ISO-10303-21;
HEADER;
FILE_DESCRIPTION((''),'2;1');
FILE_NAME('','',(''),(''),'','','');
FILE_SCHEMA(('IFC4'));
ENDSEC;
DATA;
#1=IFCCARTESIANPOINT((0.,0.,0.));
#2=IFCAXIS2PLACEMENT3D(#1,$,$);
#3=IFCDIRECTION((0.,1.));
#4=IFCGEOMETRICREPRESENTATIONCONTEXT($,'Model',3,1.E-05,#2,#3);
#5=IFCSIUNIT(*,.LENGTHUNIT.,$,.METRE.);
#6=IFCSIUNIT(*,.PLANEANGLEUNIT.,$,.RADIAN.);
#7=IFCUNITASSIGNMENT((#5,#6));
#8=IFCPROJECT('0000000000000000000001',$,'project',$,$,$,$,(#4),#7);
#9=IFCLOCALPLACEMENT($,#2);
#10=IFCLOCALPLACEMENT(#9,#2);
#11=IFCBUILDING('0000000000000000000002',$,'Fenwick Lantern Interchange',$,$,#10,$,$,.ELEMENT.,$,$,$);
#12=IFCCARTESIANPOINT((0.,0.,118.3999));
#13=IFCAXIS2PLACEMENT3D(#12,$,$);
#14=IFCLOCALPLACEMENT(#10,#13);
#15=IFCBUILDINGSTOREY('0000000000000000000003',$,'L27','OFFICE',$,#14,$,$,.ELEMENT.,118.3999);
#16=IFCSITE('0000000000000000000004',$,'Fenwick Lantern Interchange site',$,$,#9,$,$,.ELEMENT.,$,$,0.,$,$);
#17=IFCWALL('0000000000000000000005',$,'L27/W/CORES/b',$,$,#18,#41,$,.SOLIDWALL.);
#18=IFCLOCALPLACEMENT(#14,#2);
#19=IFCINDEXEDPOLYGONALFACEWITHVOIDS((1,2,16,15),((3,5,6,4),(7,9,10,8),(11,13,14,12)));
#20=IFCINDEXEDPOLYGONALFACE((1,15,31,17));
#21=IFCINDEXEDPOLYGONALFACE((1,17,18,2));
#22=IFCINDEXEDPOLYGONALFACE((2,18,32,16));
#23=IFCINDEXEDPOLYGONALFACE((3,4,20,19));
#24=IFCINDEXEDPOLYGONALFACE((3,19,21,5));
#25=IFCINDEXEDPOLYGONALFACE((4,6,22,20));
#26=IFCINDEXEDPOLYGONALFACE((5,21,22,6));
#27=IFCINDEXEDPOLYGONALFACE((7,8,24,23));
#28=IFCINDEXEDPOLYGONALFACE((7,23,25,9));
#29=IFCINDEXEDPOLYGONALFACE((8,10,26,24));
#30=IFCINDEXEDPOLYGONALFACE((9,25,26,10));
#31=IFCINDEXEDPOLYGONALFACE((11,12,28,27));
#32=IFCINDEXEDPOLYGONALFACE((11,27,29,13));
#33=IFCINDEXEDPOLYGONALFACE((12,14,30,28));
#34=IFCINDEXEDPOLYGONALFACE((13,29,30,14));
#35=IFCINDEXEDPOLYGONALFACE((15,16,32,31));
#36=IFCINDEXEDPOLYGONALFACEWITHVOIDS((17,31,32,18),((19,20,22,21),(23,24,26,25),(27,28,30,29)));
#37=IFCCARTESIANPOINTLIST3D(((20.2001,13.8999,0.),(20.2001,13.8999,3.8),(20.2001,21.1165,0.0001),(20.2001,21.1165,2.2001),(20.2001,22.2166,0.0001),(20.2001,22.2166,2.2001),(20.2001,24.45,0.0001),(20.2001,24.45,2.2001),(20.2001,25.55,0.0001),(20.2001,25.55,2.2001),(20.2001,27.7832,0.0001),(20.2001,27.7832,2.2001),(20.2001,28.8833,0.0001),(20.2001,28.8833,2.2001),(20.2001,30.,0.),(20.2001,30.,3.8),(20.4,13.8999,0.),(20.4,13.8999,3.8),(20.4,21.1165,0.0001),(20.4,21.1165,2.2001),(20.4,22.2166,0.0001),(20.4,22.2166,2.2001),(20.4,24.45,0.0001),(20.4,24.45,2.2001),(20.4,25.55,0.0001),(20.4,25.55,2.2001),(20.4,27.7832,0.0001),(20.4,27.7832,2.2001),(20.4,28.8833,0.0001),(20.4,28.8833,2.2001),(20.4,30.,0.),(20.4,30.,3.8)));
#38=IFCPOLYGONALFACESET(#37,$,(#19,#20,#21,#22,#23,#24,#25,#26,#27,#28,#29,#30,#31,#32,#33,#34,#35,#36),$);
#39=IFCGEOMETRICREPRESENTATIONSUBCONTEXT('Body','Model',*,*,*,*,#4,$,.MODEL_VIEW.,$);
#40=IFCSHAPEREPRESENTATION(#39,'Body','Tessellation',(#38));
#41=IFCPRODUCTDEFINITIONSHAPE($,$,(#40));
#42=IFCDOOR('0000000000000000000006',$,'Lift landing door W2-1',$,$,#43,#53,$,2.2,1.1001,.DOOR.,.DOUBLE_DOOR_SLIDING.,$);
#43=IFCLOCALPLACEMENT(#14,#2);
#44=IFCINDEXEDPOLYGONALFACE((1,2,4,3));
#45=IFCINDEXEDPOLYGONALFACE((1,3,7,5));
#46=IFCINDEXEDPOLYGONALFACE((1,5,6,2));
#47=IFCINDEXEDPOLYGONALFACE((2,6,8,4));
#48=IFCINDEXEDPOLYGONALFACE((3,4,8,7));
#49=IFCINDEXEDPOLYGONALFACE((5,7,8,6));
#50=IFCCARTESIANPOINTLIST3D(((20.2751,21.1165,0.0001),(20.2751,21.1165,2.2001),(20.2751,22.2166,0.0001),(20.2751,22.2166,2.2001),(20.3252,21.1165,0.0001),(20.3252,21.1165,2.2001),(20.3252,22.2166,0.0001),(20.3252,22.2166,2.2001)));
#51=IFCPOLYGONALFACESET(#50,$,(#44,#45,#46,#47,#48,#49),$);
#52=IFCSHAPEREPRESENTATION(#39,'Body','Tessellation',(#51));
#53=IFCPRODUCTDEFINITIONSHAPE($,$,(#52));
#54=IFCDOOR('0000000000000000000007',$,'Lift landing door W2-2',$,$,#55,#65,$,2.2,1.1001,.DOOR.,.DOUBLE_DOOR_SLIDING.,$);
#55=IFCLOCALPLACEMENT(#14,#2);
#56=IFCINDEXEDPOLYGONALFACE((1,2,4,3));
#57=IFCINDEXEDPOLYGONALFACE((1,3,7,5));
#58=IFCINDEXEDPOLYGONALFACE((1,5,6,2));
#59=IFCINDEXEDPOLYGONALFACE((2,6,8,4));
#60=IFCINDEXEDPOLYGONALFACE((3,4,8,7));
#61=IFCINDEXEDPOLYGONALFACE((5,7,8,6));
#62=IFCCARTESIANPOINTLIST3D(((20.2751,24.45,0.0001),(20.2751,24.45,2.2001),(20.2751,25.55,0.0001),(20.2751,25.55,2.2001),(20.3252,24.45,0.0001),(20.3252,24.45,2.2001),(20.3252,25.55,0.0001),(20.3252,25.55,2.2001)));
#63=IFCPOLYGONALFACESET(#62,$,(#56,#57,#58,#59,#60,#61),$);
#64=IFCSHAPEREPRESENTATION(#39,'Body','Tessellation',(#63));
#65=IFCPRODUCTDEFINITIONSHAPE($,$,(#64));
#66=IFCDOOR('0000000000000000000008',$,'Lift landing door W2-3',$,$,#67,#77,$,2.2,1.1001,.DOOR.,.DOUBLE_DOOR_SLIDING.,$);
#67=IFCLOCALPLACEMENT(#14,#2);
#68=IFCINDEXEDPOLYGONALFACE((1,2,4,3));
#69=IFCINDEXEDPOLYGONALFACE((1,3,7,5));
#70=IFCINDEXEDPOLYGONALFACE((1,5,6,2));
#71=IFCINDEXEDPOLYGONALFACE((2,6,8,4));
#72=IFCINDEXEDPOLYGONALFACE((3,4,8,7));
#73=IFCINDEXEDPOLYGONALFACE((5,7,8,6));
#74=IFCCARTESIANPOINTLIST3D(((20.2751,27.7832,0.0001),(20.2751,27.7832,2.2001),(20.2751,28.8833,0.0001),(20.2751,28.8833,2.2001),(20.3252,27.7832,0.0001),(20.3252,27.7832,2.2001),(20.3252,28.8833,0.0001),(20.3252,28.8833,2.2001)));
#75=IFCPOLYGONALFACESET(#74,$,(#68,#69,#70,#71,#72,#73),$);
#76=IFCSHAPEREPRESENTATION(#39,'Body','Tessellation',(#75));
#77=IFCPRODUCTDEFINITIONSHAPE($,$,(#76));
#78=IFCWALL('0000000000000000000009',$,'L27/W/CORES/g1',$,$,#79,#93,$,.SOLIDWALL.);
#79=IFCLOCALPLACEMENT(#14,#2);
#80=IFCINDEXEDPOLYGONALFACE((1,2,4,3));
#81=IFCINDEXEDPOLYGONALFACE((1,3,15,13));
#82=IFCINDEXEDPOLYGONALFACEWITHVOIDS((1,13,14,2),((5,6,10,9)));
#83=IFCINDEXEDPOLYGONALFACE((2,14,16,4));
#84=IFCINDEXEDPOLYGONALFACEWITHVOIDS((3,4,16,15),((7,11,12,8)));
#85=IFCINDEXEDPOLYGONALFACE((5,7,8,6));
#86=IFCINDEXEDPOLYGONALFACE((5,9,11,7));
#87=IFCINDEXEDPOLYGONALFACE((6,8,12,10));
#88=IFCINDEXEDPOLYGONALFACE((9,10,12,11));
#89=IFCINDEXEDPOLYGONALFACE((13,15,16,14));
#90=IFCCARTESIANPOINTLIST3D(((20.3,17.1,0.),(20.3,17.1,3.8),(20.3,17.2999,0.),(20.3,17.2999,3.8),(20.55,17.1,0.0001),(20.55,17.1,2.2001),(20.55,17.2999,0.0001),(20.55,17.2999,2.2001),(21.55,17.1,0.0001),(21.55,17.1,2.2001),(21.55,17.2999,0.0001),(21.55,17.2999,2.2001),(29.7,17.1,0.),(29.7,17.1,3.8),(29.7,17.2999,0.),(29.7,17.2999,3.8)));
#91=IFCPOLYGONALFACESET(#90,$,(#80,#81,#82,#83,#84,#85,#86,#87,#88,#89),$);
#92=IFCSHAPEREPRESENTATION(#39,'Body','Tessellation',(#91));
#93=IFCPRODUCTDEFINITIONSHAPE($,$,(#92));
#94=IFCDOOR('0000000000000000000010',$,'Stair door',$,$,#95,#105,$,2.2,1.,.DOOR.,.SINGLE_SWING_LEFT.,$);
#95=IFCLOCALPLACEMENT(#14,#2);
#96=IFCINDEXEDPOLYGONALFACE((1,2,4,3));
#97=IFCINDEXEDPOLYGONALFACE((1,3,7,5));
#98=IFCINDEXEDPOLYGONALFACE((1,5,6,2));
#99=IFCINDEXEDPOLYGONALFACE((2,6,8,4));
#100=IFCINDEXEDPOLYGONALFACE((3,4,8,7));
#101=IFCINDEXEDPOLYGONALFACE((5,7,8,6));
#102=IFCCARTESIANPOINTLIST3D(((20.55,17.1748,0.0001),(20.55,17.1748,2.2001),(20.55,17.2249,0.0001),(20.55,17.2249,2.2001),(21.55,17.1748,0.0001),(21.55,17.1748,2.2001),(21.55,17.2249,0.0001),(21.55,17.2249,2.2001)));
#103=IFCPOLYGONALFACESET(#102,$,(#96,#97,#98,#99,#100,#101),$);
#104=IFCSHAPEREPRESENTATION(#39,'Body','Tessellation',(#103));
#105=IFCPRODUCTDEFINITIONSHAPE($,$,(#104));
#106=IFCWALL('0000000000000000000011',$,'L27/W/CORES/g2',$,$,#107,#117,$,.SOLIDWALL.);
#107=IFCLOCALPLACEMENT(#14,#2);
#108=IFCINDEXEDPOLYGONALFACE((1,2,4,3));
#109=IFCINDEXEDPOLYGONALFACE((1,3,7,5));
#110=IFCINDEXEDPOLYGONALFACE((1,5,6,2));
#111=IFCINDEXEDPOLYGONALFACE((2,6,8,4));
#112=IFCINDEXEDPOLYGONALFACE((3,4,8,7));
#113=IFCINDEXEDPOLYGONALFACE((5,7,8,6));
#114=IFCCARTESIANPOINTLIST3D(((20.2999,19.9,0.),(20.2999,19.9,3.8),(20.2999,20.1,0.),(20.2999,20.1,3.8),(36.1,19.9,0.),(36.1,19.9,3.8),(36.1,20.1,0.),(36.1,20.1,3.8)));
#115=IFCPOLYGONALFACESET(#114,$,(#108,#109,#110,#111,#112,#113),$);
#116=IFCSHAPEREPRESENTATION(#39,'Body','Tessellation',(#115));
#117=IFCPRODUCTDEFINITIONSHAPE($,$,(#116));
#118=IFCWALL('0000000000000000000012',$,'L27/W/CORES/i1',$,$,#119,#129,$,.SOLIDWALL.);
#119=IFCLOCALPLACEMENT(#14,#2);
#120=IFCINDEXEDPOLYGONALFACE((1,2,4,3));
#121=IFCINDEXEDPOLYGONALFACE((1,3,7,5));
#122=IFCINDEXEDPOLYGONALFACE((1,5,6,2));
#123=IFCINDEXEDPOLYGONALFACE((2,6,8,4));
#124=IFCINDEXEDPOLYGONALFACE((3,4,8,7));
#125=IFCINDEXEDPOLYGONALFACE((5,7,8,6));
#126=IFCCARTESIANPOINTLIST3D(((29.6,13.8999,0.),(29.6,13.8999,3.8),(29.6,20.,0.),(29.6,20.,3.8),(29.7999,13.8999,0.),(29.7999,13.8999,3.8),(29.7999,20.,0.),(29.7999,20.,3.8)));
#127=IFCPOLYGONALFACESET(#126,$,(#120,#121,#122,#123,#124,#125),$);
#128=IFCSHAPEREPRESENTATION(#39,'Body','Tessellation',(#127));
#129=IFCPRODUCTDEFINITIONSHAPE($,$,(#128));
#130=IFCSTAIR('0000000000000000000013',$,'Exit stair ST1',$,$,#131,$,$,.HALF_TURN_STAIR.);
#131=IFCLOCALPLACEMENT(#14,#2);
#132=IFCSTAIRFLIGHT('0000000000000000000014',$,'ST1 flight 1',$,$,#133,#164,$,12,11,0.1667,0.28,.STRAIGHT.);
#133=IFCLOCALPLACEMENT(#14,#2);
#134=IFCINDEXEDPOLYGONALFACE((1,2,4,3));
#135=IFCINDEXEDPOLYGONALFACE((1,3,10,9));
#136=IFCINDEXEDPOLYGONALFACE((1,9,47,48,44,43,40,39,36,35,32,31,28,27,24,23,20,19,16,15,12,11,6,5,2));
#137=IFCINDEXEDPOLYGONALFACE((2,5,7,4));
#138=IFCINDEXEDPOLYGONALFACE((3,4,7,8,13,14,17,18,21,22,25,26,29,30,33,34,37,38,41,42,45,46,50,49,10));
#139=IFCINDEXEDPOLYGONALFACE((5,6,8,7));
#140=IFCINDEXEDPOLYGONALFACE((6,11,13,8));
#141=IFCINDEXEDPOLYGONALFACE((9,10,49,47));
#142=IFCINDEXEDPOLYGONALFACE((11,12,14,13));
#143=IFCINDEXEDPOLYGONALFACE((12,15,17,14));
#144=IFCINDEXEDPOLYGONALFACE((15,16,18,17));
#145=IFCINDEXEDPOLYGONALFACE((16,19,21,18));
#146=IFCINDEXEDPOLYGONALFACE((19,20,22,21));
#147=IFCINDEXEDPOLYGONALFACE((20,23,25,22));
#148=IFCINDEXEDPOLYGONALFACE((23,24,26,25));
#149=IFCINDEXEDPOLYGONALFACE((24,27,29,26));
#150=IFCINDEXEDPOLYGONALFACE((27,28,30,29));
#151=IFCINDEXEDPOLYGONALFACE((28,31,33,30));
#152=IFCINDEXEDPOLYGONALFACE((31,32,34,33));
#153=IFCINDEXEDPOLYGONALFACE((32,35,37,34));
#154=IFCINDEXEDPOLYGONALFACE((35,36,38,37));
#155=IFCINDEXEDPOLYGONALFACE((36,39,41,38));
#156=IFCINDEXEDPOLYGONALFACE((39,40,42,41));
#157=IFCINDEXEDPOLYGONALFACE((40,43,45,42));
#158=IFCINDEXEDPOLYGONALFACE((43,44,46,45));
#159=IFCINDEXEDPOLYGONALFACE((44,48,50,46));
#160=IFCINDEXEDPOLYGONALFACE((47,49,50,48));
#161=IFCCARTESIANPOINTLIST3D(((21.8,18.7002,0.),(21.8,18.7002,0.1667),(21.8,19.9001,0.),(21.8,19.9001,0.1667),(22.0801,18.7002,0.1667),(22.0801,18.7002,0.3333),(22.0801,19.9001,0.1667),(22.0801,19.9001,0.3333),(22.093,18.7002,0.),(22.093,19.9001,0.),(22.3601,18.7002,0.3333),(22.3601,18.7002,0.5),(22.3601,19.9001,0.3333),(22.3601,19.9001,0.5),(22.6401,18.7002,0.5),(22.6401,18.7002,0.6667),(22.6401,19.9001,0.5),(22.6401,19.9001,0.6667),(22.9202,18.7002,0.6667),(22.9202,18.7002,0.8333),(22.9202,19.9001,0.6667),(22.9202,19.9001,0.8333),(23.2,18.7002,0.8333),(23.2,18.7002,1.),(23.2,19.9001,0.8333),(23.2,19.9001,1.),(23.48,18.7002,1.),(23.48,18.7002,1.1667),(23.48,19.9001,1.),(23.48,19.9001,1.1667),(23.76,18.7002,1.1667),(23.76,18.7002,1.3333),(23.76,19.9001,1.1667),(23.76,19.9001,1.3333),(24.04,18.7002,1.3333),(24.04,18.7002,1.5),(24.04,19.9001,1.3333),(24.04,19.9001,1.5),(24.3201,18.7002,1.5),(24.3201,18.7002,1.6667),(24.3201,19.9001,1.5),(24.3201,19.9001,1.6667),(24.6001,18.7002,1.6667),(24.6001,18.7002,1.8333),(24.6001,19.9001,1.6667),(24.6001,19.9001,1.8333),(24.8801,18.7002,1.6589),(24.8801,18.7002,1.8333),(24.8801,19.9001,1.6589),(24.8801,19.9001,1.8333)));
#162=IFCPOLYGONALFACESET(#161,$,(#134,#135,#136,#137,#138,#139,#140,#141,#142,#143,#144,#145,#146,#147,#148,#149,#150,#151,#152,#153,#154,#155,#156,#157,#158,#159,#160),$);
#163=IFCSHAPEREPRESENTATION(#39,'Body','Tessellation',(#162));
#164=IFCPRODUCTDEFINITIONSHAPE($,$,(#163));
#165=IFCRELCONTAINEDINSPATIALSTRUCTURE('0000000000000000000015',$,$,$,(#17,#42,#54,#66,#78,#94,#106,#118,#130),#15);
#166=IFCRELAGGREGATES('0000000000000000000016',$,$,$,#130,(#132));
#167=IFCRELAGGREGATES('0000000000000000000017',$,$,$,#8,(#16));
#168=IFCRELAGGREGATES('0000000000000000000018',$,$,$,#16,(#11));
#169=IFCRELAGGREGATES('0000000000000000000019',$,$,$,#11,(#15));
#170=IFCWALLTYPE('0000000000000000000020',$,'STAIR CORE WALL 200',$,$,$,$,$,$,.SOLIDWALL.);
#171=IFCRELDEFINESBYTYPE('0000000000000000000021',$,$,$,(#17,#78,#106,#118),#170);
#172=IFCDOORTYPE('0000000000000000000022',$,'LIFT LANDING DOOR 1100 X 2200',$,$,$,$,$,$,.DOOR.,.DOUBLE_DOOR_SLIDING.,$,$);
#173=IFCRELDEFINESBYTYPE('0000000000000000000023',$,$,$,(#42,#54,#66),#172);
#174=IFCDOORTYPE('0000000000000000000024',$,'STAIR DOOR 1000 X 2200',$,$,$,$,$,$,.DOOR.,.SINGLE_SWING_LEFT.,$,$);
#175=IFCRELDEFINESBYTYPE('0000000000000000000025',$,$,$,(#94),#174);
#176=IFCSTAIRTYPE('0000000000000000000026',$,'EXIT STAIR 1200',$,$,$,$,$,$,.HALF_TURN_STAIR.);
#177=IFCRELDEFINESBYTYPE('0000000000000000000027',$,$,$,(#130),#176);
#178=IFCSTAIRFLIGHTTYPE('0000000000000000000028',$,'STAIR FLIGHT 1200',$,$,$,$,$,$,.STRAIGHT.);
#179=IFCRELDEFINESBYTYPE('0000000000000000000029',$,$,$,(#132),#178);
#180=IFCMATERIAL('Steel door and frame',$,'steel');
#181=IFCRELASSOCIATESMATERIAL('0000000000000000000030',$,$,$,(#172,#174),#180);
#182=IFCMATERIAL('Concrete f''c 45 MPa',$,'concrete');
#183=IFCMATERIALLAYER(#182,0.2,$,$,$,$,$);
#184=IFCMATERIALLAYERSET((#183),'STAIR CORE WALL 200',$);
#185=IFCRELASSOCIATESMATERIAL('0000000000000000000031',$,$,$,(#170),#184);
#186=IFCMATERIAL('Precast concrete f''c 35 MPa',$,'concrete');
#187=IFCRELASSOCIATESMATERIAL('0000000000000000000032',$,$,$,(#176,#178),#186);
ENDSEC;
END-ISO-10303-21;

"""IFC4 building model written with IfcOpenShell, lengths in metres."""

from ifc_helpers import new_model, si_unit, direction, frame, frame_2d, origin, place, context, subcontext, project, spatial, polyline, rectangle, outline, extrude, material, layer, layer_set, type_object, element, fill, aggregate, save


model = new_model("IFC4")

# Units and contexts
model_context = context("Model", 3, precision=1e-05, world=origin(), true_north=direction((0.0, 1.0)))
body_context = subcontext(model_context, "Body", "Model", "MODEL_VIEW")
ifc_project = project(units=[si_unit("LENGTHUNIT", "METRE"), si_unit("PLANEANGLEUNIT", "RADIAN")], contexts=[model_context])

# Site, building, storey
site_placement = place(None, origin())
site = spatial("IfcSite", under=ifc_project, at=site_placement, Name="Fenwick Lantern Interchange site", CompositionType="ELEMENT", RefElevation=0.0)
building_placement = place(site_placement, origin())
building = spatial("IfcBuilding", under=site, at=building_placement, Name="Fenwick Lantern Interchange", CompositionType="ELEMENT")
storey_placement = place(building_placement, frame((0.0, 0.0, 118.3999)))
storey = spatial("IfcBuildingStorey", under=building, at=storey_placement, Name="L27", Description="OFFICE", CompositionType="ELEMENT", Elevation=118.3999)

# Shared definitions
ifc_material_1 = material(Name="Steel door and frame", Category="steel")
door_type_1 = type_object("IfcDoorType", Name="LIFT LANDING DOOR 1100 X 2200", OperationType="DOUBLE_DOOR_SLIDING", PredefinedType="DOOR", material=ifc_material_1)

# Wall, openings, doors
ifc_material_2 = material(Name="Concrete f'c 45 MPa", Category="concrete")
ifc_layer_1 = layer(ifc_material_2, 0.2)
ifc_layer_set_1 = layer_set([ifc_layer_1], Name="STAIR CORE WALL 200")
wall_type_1 = type_object("IfcWallType", Name="STAIR CORE WALL 200", PredefinedType="SOLIDWALL", material=ifc_layer_set_1)
wall_1_placement = place(storey_placement, frame((20.3, 13.8999, 0.0), z_axis=(0.0, 0.0, 1.0), x_axis=(0.0, 1.0, 0.0)))
wall_1 = element("IfcWall", 1, at=wall_1_placement, inside=storey, type_object=wall_type_1, Name="L27/W/CORES/b", PredefinedType="SOLIDWALL", context=body_context, shape_type="SweptSolid", body=[
    extrude(rectangle(XDim=16.1001, YDim=0.2, at=frame_2d((8.05, 0.0))), origin(), (0.0, 0.0, 1.0), 3.8),
])
opening_1_placement = place(wall_1_placement, frame((7.2166, 0.0, 0.0)))
opening_1 = element("IfcOpeningElement", 2, at=opening_1_placement, cuts=wall_1, PredefinedType="OPENING", context=body_context, shape_type="SweptSolid", body=[
    extrude(rectangle(XDim=1.1001, YDim=2.2, at=frame_2d((0.55, 1.1001))), frame((0.0, 0.1099, 0.0), z_axis=(0.0, -1.0, 0.0), x_axis=(1.0, 0.0, 0.0)), (0.0, 0.0, 1.0), 0.22),
])
opening_2_placement = place(wall_1_placement, frame((10.55, 0.0, 0.0)))
opening_2 = element("IfcOpeningElement", 3, at=opening_2_placement, cuts=wall_1, PredefinedType="OPENING", context=body_context, shape_type="SweptSolid", body=[
    extrude(rectangle(XDim=1.1001, YDim=2.2, at=frame_2d((0.55, 1.1001))), frame((0.0, 0.1099, 0.0), z_axis=(0.0, -1.0, 0.0), x_axis=(1.0, 0.0, 0.0)), (0.0, 0.0, 1.0), 0.22),
])
opening_3_placement = place(wall_1_placement, frame((13.8833, 0.0, 0.0)))
opening_3 = element("IfcOpeningElement", 4, at=opening_3_placement, cuts=wall_1, PredefinedType="OPENING", context=body_context, shape_type="SweptSolid", body=[
    extrude(rectangle(XDim=1.1001, YDim=2.2, at=frame_2d((0.55, 1.1001))), frame((0.0, 0.1099, 0.0), z_axis=(0.0, -1.0, 0.0), x_axis=(1.0, 0.0, 0.0)), (0.0, 0.0, 1.0), 0.22),
])
door_1_placement = place(opening_1_placement, origin())
door_1 = element("IfcDoor", 5, at=door_1_placement, inside=storey, type_object=door_type_1, Name="Lift landing door W2-1", OperationType="DOUBLE_DOOR_SLIDING", OverallHeight=2.2, OverallWidth=1.1001, PredefinedType="DOOR", context=body_context, shape_type="SweptSolid", body=[
    extrude(rectangle(XDim=1.1001, YDim=2.2, at=frame_2d((0.55, 1.1001))), frame((0.0, 0.0249, 0.0), z_axis=(0.0, -1.0, 0.0), x_axis=(1.0, 0.0, 0.0)), (0.0, 0.0, 1.0), 0.05),
])
fill(opening_1, door_1)
door_2_placement = place(opening_2_placement, origin())
door_2 = element("IfcDoor", 6, at=door_2_placement, inside=storey, type_object=door_type_1, Name="Lift landing door W2-2", OperationType="DOUBLE_DOOR_SLIDING", OverallHeight=2.2, OverallWidth=1.1001, PredefinedType="DOOR", context=body_context, shape_type="SweptSolid", body=[
    extrude(rectangle(XDim=1.1001, YDim=2.2, at=frame_2d((0.55, 1.1001))), frame((0.0, 0.0249, 0.0), z_axis=(0.0, -1.0, 0.0), x_axis=(1.0, 0.0, 0.0)), (0.0, 0.0, 1.0), 0.05),
])
fill(opening_2, door_2)
door_3_placement = place(opening_3_placement, origin())
door_3 = element("IfcDoor", 7, at=door_3_placement, inside=storey, type_object=door_type_1, Name="Lift landing door W2-3", OperationType="DOUBLE_DOOR_SLIDING", OverallHeight=2.2, OverallWidth=1.1001, PredefinedType="DOOR", context=body_context, shape_type="SweptSolid", body=[
    extrude(rectangle(XDim=1.1001, YDim=2.2, at=frame_2d((0.55, 1.1001))), frame((0.0, 0.0249, 0.0), z_axis=(0.0, -1.0, 0.0), x_axis=(1.0, 0.0, 0.0)), (0.0, 0.0, 1.0), 0.05),
])
fill(opening_3, door_3)

# Wall, opening, door
wall_2_placement = place(storey_placement, frame((20.3, 17.2, 0.0), z_axis=(0.0, 0.0, 1.0), x_axis=(1.0, 0.0, 0.0)))
wall_2 = element("IfcWall", 8, at=wall_2_placement, inside=storey, type_object=wall_type_1, Name="L27/W/CORES/g1", PredefinedType="SOLIDWALL", context=body_context, shape_type="SweptSolid", body=[
    extrude(rectangle(XDim=9.3999, YDim=0.2, at=frame_2d((4.7, 0.0))), origin(), (0.0, 0.0, 1.0), 3.8),
])
opening_4_placement = place(wall_2_placement, frame((0.25, 0.0, 0.0)))
opening_4 = element("IfcOpeningElement", 9, at=opening_4_placement, cuts=wall_2, PredefinedType="OPENING", context=body_context, shape_type="SweptSolid", body=[
    extrude(rectangle(XDim=1.0, YDim=2.2, at=frame_2d((0.5, 1.1001))), frame((0.0, 0.1099, 0.0), z_axis=(0.0, -1.0, 0.0), x_axis=(1.0, 0.0, 0.0)), (0.0, 0.0, 1.0), 0.22),
])
door_type_2 = type_object("IfcDoorType", Name="STAIR DOOR 1000 X 2200", OperationType="SINGLE_SWING_LEFT", PredefinedType="DOOR", material=ifc_material_1)
door_4_placement = place(opening_4_placement, origin())
door_4 = element("IfcDoor", 10, at=door_4_placement, inside=storey, type_object=door_type_2, Name="Stair door", OperationType="SINGLE_SWING_LEFT", OverallHeight=2.2, OverallWidth=1.0, PredefinedType="DOOR", context=body_context, shape_type="SweptSolid", body=[
    extrude(rectangle(XDim=1.0, YDim=2.2, at=frame_2d((0.5, 1.1001))), frame((0.0, 0.0249, 0.0), z_axis=(0.0, -1.0, 0.0), x_axis=(1.0, 0.0, 0.0)), (0.0, 0.0, 1.0), 0.05),
])
fill(opening_4, door_4)

# Walls
wall_3_placement = place(storey_placement, frame((20.3, 20.0, 0.0), z_axis=(0.0, 0.0, 1.0), x_axis=(1.0, 0.0, 0.0)))
element("IfcWall", 11, at=wall_3_placement, inside=storey, type_object=wall_type_1, Name="L27/W/CORES/g2", PredefinedType="SOLIDWALL", context=body_context, shape_type="SweptSolid", body=[
    extrude(rectangle(XDim=15.8, YDim=0.2, at=frame_2d((7.8999, 0.0))), origin(), (0.0, 0.0, 1.0), 3.8),
])
wall_4_placement = place(storey_placement, frame((29.7, 13.8999, 0.0), z_axis=(0.0, 0.0, 1.0), x_axis=(0.0, 1.0, 0.0)))
element("IfcWall", 12, at=wall_4_placement, inside=storey, type_object=wall_type_1, Name="L27/W/CORES/i1", PredefinedType="SOLIDWALL", context=body_context, shape_type="SweptSolid", body=[
    extrude(rectangle(XDim=6.1001, YDim=0.2, at=frame_2d((3.05, 0.0))), origin(), (0.0, 0.0, 1.0), 3.8),
])

# Stair, stair flight
ifc_material_3 = material(Name="Precast concrete f'c 35 MPa", Category="concrete")
stair_type = type_object("IfcStairType", Name="EXIT STAIR 1200", PredefinedType="HALF_TURN_STAIR", material=ifc_material_3)
stair_placement = place(storey_placement, origin())
stair = element("IfcStair", 13, at=stair_placement, inside=storey, type_object=stair_type, Name="Exit stair ST1", PredefinedType="HALF_TURN_STAIR")
stair_flight_type = type_object("IfcStairFlightType", Name="STAIR FLIGHT 1200", PredefinedType="STRAIGHT", material=ifc_material_3)
stair_flight_1_placement = place(storey_placement, frame((21.8, 19.3, 0.0), z_axis=(0.0, 0.0, 1.0), x_axis=(1.0, 0.0, 0.0)))
stair_flight_1 = element("IfcStairFlight", 14, at=stair_flight_1_placement, type_object=stair_flight_type, Name="ST1 flight 1", NumberOfRisers=12, NumberOfTreads=11, PredefinedType="STRAIGHT", RiserHeight=0.1667, TreadLength=0.28, context=body_context, shape_type="SweptSolid", body=[
    extrude(outline(polyline([(0.0, 0.0), (0.0, 0.1667), (0.28, 0.1667), (0.28, 0.3333), (0.5601, 0.3333), (0.5601, 0.5), (0.8401, 0.5), (0.8401, 0.6667), (1.1201, 0.6667), (1.1201, 0.8333), (1.3999, 0.8333), (1.3999, 1.0), (1.6799, 1.0), (1.6799, 1.1667), (1.96, 1.1667), (1.96, 1.3333), (2.24, 1.3333), (2.24, 1.5), (2.52, 1.5), (2.52, 1.6667), (2.8, 1.6667), (2.8, 1.8333), (3.0801, 1.8333), (3.0801, 2.0), (3.0801, 1.6589), (0.293, 0.0), (0.0, 0.0)])), frame((0.0, 0.6001, 0.0), z_axis=(0.0, -1.0, 0.0), x_axis=(1.0, 0.0, 0.0)), (0.0, 0.0, 1.0), 1.2),
])
aggregate(stair, [stair_flight_1])

save(model, "model.ifc")
